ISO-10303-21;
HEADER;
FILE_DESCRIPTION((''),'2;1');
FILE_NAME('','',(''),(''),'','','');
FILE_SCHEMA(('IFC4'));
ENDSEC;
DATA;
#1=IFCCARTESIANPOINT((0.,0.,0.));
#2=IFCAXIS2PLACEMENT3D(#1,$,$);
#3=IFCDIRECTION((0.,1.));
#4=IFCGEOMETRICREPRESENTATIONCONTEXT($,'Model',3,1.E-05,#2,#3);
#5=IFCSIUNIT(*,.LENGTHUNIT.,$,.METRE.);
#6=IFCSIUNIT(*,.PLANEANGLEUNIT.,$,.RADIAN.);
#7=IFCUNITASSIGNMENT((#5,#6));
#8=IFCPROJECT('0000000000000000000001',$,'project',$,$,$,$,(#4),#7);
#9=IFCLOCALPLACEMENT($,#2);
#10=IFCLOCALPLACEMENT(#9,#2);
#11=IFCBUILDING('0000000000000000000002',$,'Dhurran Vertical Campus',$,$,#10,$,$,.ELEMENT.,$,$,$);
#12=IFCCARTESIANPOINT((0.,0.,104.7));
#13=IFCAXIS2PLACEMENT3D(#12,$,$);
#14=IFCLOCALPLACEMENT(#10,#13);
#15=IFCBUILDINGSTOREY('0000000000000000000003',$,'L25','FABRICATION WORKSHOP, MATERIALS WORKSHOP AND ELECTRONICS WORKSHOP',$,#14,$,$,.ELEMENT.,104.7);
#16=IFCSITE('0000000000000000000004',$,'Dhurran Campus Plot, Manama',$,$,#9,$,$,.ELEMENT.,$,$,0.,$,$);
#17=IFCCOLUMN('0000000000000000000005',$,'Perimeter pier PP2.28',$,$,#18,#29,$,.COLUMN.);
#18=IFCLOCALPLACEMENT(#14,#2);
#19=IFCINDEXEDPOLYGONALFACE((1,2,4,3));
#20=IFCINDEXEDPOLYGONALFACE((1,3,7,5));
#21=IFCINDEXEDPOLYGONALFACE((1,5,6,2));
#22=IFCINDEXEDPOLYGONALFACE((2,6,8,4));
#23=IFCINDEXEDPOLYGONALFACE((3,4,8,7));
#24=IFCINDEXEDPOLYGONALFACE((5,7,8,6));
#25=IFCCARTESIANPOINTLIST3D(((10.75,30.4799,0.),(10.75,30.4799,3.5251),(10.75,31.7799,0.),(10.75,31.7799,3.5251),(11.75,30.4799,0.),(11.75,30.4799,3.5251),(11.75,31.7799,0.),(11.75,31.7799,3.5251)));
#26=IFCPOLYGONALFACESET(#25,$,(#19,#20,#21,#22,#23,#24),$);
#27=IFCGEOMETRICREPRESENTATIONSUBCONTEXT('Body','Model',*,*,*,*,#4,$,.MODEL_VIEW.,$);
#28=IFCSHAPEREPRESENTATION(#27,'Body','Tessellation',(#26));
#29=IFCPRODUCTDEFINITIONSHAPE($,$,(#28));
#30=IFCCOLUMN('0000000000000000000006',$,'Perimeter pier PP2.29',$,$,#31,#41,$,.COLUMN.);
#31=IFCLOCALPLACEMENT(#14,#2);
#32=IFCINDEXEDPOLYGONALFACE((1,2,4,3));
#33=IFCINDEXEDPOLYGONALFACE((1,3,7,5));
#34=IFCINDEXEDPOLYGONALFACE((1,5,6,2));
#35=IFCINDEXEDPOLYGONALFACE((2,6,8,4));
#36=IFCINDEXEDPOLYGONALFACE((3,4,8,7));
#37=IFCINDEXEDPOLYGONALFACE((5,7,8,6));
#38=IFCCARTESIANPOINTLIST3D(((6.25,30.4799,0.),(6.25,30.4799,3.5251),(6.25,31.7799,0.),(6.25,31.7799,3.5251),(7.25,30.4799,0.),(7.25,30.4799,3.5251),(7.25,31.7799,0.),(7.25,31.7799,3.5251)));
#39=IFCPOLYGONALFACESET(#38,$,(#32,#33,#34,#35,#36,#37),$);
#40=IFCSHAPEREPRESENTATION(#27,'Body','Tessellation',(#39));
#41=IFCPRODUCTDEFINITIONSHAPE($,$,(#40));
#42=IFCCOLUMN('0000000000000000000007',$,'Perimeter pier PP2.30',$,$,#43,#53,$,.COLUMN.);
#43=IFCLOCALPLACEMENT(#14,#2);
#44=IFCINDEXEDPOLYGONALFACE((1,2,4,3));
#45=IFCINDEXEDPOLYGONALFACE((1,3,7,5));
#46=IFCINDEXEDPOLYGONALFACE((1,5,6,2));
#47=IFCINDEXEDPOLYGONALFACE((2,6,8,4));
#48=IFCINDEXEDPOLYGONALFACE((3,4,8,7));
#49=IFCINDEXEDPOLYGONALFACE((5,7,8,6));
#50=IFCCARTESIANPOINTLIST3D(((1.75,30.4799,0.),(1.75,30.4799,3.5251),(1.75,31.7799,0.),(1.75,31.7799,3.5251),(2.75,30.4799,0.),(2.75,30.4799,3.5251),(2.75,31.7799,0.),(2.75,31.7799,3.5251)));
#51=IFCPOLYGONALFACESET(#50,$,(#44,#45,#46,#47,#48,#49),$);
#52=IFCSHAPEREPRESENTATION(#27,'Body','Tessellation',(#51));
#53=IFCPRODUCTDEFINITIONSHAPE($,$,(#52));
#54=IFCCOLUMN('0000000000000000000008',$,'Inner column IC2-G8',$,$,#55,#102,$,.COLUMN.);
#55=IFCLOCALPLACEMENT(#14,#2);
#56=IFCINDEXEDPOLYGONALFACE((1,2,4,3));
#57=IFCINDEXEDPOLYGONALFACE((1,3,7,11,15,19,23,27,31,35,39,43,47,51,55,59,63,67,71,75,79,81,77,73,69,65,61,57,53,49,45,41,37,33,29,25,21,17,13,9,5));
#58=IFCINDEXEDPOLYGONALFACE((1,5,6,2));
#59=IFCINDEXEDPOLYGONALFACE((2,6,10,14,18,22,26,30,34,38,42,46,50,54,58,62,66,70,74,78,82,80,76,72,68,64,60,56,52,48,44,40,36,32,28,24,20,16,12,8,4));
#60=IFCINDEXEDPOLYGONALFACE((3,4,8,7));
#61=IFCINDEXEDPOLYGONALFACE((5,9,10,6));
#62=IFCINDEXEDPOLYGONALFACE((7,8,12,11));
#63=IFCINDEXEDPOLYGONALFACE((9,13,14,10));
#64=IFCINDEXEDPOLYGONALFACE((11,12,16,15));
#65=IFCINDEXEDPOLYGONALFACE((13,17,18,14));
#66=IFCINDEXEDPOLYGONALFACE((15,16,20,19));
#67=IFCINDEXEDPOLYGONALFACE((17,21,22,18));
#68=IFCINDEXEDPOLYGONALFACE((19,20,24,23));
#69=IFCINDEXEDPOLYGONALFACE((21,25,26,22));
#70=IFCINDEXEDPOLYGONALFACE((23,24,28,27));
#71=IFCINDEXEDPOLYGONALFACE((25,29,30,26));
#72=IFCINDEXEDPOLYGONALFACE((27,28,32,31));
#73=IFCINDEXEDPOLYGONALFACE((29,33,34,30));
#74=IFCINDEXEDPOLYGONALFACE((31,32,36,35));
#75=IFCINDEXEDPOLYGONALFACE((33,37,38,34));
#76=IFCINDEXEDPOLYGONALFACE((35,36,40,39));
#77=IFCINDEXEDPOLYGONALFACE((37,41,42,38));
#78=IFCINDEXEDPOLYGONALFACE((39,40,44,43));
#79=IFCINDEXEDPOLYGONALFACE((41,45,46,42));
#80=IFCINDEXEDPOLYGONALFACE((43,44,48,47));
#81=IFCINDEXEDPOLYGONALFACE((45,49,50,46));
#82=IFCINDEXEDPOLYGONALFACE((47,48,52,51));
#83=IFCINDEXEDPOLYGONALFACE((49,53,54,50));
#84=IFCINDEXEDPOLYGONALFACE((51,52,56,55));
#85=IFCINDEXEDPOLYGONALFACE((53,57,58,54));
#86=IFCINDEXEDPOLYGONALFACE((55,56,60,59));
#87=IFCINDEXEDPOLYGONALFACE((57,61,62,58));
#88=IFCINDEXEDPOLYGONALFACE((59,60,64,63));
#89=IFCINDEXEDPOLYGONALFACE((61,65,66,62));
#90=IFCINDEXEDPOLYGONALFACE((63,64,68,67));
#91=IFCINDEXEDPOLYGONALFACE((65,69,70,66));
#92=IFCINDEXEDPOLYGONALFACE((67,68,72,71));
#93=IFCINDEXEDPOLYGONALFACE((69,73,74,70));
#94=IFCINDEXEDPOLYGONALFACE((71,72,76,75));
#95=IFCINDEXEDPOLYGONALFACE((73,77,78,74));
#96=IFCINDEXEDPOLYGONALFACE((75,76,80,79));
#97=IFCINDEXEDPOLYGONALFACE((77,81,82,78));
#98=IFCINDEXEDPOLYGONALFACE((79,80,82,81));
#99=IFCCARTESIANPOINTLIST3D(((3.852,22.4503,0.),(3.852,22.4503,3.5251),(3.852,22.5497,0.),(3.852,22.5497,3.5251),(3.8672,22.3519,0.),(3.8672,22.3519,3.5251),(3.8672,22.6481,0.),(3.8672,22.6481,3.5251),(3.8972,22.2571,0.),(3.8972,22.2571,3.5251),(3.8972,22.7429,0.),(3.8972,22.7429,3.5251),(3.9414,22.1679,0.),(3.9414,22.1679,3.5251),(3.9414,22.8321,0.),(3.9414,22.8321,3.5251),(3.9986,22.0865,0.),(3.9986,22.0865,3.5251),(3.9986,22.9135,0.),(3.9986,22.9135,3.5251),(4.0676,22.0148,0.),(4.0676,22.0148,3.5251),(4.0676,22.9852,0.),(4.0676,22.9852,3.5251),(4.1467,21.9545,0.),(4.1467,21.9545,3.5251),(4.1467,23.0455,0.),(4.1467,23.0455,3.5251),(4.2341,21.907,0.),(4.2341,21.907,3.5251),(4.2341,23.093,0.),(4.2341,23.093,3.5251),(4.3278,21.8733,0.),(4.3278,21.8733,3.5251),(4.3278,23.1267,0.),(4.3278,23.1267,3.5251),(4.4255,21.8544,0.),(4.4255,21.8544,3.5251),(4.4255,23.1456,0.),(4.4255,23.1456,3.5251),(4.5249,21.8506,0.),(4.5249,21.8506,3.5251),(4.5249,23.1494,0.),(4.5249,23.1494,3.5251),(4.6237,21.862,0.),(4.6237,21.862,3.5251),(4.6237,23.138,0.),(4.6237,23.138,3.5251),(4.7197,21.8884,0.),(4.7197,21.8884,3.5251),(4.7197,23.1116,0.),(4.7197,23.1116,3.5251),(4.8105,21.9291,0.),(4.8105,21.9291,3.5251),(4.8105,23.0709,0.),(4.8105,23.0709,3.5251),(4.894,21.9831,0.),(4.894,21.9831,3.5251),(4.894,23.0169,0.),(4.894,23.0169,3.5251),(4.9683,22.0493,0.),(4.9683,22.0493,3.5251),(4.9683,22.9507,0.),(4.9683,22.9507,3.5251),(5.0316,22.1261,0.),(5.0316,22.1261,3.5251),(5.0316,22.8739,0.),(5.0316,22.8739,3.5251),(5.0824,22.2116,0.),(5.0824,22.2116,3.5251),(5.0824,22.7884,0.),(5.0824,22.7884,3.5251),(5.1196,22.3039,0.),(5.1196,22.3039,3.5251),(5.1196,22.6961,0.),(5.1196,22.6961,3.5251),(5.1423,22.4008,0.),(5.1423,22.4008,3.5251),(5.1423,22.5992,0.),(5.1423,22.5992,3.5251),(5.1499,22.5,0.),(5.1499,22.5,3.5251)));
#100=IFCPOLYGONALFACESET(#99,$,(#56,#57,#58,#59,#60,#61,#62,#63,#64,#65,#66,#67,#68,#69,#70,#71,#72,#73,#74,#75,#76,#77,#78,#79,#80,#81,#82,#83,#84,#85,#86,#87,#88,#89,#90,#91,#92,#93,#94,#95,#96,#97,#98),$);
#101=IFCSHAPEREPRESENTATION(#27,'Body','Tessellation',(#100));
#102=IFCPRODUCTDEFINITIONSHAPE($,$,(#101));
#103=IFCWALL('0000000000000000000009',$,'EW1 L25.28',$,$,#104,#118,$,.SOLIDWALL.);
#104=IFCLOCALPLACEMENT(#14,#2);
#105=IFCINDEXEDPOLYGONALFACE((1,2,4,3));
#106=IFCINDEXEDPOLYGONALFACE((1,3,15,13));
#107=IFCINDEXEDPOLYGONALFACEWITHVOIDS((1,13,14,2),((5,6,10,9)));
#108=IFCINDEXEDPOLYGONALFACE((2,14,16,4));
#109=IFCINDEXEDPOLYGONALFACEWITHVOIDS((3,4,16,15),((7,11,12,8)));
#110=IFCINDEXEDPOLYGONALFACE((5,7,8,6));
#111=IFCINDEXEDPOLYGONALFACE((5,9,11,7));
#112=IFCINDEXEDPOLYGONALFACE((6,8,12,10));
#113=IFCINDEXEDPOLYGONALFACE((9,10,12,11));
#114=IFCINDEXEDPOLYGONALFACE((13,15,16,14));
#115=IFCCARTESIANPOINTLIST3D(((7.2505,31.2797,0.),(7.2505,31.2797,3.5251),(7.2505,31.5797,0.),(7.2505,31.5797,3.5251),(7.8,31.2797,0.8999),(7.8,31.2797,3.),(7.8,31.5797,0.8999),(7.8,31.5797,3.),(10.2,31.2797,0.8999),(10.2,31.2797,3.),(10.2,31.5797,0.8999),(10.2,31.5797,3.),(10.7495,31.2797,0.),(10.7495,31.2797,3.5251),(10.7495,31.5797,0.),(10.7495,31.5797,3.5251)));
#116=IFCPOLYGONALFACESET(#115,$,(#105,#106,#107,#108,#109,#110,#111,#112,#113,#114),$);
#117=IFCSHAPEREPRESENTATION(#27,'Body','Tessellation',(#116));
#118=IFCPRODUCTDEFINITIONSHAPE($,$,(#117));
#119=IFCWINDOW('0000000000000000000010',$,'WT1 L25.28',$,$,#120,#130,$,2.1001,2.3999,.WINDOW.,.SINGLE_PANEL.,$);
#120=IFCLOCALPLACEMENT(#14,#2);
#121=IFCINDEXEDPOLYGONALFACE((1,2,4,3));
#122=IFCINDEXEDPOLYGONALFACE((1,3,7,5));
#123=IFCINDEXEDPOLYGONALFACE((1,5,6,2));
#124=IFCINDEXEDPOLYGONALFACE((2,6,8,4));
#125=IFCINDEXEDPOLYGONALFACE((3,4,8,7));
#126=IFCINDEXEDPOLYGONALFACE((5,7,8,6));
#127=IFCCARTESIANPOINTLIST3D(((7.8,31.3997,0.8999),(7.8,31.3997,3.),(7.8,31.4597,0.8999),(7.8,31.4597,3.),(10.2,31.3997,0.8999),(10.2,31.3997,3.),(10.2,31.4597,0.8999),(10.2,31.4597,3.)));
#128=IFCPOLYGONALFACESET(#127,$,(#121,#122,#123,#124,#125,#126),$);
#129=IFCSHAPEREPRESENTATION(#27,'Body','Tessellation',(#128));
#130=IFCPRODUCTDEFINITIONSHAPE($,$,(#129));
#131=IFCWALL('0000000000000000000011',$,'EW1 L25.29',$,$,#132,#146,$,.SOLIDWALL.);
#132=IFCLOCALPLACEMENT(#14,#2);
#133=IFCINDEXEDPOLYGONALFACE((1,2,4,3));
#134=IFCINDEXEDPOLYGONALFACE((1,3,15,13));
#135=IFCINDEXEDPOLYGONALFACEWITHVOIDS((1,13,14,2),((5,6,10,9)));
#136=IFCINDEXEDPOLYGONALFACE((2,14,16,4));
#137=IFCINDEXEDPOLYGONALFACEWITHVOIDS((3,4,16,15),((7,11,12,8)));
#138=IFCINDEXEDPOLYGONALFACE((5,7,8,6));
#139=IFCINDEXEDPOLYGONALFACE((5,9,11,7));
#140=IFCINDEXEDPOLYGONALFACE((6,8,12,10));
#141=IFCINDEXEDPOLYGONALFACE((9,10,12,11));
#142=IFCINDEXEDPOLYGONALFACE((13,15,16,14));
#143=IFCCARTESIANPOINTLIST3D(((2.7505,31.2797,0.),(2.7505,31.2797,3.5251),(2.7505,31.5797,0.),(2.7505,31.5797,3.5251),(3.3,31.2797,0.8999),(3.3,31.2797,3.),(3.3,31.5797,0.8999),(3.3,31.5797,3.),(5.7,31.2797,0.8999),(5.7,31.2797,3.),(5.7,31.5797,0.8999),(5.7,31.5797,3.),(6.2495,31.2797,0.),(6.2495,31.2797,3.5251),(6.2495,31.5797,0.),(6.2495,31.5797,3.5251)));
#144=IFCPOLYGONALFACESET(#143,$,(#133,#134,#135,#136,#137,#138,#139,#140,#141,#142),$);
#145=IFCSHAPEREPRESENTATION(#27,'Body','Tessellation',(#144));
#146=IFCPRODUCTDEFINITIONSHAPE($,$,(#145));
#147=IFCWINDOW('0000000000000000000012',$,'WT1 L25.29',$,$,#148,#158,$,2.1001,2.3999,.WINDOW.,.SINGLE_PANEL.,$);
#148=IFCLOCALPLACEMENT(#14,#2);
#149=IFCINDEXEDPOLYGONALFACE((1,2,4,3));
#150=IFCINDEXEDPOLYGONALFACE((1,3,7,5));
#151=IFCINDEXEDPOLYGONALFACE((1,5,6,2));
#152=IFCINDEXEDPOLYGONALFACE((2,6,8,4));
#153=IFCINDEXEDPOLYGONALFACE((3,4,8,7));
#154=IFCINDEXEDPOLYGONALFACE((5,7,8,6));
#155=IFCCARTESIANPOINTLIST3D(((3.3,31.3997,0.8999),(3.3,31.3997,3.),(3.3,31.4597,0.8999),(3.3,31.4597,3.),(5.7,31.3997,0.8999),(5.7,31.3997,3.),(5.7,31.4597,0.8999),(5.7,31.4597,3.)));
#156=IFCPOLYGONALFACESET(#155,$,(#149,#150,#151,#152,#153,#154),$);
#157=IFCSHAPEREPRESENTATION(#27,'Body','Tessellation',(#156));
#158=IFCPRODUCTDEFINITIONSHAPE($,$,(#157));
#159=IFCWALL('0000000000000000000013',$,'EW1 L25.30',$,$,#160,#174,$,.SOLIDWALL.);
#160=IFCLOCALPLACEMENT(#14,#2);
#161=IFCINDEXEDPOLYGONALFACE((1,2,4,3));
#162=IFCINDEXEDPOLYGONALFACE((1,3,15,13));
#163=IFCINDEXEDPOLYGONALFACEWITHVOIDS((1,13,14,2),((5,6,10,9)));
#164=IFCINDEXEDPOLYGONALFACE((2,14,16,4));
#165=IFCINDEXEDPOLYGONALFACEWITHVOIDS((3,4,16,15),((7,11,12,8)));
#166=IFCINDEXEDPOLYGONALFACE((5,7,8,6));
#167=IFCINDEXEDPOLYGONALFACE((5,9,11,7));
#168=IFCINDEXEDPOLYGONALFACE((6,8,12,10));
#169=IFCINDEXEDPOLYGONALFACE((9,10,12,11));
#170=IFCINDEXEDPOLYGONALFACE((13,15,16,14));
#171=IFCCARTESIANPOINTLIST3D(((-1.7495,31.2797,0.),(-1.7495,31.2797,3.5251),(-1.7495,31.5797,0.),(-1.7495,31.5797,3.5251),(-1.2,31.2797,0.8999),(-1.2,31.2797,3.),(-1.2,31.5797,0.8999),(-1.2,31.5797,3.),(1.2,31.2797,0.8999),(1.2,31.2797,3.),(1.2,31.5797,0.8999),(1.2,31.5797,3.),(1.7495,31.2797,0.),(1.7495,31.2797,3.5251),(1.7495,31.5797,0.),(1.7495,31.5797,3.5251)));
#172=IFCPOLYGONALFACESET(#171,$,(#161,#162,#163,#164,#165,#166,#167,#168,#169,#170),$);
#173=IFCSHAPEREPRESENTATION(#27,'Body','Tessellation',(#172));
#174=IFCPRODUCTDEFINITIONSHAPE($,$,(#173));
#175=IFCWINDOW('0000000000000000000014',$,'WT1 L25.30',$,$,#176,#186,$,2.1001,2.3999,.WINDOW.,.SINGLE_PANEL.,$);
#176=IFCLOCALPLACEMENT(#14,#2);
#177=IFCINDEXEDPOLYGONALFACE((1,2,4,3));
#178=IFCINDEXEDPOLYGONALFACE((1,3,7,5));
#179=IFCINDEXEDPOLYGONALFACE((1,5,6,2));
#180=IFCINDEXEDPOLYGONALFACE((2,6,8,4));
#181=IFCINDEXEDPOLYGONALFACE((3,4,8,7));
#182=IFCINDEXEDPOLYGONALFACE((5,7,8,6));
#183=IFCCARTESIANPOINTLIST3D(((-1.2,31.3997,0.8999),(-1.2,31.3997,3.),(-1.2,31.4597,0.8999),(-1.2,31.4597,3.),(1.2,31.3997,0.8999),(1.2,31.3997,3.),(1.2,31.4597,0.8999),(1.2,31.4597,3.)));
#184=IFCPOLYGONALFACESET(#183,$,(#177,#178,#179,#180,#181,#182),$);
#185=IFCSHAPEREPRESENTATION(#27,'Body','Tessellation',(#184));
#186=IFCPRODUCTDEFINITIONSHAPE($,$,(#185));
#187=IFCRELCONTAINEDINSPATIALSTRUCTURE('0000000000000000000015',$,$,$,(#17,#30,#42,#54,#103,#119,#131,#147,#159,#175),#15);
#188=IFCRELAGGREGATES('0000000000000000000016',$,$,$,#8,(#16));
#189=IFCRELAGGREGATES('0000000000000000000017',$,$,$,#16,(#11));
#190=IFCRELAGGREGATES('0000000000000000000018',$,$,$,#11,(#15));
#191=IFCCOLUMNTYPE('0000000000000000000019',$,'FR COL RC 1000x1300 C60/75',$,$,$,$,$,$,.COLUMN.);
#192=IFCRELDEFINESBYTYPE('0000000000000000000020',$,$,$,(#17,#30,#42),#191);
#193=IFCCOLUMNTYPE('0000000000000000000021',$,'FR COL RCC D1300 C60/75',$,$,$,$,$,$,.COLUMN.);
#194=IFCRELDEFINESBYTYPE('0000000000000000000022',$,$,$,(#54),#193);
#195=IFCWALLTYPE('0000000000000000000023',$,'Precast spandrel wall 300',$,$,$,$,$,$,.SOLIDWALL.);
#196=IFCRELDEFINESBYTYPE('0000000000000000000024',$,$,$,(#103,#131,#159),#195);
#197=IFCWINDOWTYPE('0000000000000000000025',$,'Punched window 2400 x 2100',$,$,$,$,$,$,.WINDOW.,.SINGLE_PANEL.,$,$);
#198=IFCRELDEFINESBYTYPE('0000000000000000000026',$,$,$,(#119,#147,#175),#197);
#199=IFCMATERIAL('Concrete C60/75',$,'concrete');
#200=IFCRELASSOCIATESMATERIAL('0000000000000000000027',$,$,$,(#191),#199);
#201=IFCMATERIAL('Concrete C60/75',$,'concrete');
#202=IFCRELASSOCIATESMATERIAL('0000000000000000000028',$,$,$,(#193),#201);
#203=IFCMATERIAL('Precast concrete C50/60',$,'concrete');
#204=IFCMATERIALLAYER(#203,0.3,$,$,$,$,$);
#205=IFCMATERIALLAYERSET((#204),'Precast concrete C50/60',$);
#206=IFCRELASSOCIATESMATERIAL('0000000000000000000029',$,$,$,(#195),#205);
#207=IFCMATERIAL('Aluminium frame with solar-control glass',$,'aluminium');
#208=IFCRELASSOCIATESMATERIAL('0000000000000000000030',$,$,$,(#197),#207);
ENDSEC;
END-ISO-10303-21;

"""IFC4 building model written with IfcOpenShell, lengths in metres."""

from ifc_helpers import new_model, si_unit, direction, frame, frame_2d, origin, origin_2d, place, context, subcontext, project, spatial, rectangle, circle, extrude, material, layer, layer_set, material_profile, profile_set, type_object, element, fill, save


model = new_model("IFC4")

# Units and contexts
model_context = context("Model", 3, precision=1e-05, world=origin(), true_north=direction((0.0, 1.0)))
body_context = subcontext(model_context, "Body", "Model", "MODEL_VIEW")
ifc_project = project(units=[si_unit("LENGTHUNIT", "METRE"), si_unit("PLANEANGLEUNIT", "RADIAN")], contexts=[model_context])

# Site, building, storey
site_placement = place(None, origin())
site = spatial("IfcSite", under=ifc_project, at=site_placement, Name="Dhurran Campus Plot, Manama", CompositionType="ELEMENT", RefElevation=0.0)
building_placement = place(site_placement, origin())
building = spatial("IfcBuilding", under=site, at=building_placement, Name="Dhurran Vertical Campus", CompositionType="ELEMENT")
storey_placement = place(building_placement, frame((0.0, 0.0, 104.7)))
storey = spatial("IfcBuildingStorey", under=building, at=storey_placement, Name="L25", Description="FABRICATION WORKSHOP, MATERIALS WORKSHOP AND ELECTRONICS WORKSHOP", CompositionType="ELEMENT", Elevation=104.7)

# Columns
ifc_material_1 = material(Name="Concrete C60/75", Category="concrete")
ifc_material_profile_1 = material_profile(ifc_material_1, rectangle(XDim=1.0, YDim=1.3, at=origin_2d()), Name="RC 1000x1300")
ifc_profile_set_1 = profile_set([ifc_material_profile_1], Name="Concrete C60/75")
column_type_1 = type_object("IfcColumnType", Name="FR COL RC 1000x1300 C60/75", PredefinedType="COLUMN", material=ifc_profile_set_1)
for number, where, z_axis, x_axis, name in (
    (1, (11.25, 31.1299, 0.0), (0.0, 0.0, 1.0), (-1.0, 0.0, 0.0), "Perimeter pier PP2.28"),
    (2, (6.75, 31.1299, 0.0), (0.0, 0.0, 1.0), (-1.0, 0.0, 0.0), "Perimeter pier PP2.29"),
    (3, (2.25, 31.1299, 0.0), (0.0, 0.0, 1.0), (-1.0, 0.0, 0.0), "Perimeter pier PP2.30"),
):
    element("IfcColumn", number, at=place(storey_placement, frame(where, z_axis=z_axis, x_axis=x_axis)), inside=storey, type_object=column_type_1, Name=name, PredefinedType="COLUMN", context=body_context, shape_type="SweptSolid", body=[
        extrude(rectangle(XDim=1.0, YDim=1.3, at=origin_2d()), origin(), (0.0, 0.0, 1.0), 3.5251),
    ])
ifc_material_2 = material(Name="Concrete C60/75", Category="concrete")
ifc_material_profile_2 = material_profile(ifc_material_2, circle(Radius=0.6499, at=origin_2d()), Name="RCC D1300")
ifc_profile_set_2 = profile_set([ifc_material_profile_2], Name="Concrete C60/75")
column_type_2 = type_object("IfcColumnType", Name="FR COL RCC D1300 C60/75", PredefinedType="COLUMN", material=ifc_profile_set_2)
column_placement = place(storey_placement, frame((4.5, 22.5, 0.0), z_axis=(0.0, 0.0, 1.0), x_axis=(1.0, 0.0, 0.0)))
element("IfcColumn", 4, at=column_placement, inside=storey, type_object=column_type_2, Name="Inner column IC2-G8", PredefinedType="COLUMN", context=body_context, shape_type="SweptSolid", body=[
    extrude(circle(Radius=0.6499, at=origin_2d()), origin(), (0.0, 0.0, 1.0), 3.5251),
])

# Walls, openings, windows
ifc_material_3 = material(Name="Precast concrete C50/60", Category="concrete")
ifc_layer_1 = layer(ifc_material_3, 0.3)
ifc_layer_set_1 = layer_set([ifc_layer_1], Name="Precast concrete C50/60")
wall_type_1 = type_object("IfcWallType", Name="Precast spandrel wall 300", PredefinedType="SOLIDWALL", material=ifc_layer_set_1)
wall_1_placement = place(storey_placement, frame((10.7495, 31.4297, 0.0), z_axis=(0.0, 0.0, 1.0), x_axis=(-1.0, 0.0, 0.0)))
wall_1 = element("IfcWall", 5, at=wall_1_placement, inside=storey, type_object=wall_type_1, Name="EW1 L25.28", PredefinedType="SOLIDWALL", context=body_context, shape_type="SweptSolid", body=[
    extrude(rectangle(XDim=3.499, YDim=0.3, at=frame_2d((1.7495, 0.0))), origin(), (0.0, 0.0, 1.0), 3.5251),
])
opening_1_placement = place(wall_1_placement, frame((0.5496, 0.0, 0.8999)))
opening_1 = element("IfcOpeningElement", 6, at=opening_1_placement, cuts=wall_1, PredefinedType="OPENING", context=body_context, shape_type="SweptSolid", body=[
    extrude(rectangle(XDim=2.3999, YDim=2.1001, at=frame_2d((1.2, 1.05))), frame((0.0, 0.1599, 0.0), z_axis=(0.0, -1.0, 0.0), x_axis=(1.0, 0.0, 0.0)), (0.0, 0.0, 1.0), 0.3201),
])
ifc_material_4 = material(Name="Aluminium frame with solar-control glass", Category="aluminium")
window_type = type_object("IfcWindowType", Name="Punched window 2400 x 2100", PartitioningType="SINGLE_PANEL", PredefinedType="WINDOW", material=ifc_material_4)
window_1_placement = place(opening_1_placement, origin())
window_1 = element("IfcWindow", 7, at=window_1_placement, inside=storey, type_object=window_type, Name="WT1 L25.28", OverallHeight=2.1001, OverallWidth=2.3999, PartitioningType="SINGLE_PANEL", PredefinedType="WINDOW", context=body_context, shape_type="SweptSolid", body=[
    extrude(rectangle(XDim=2.3999, YDim=2.1001, at=frame_2d((1.2, 1.05))), frame((0.0, 0.03, 0.0), z_axis=(0.0, -1.0, 0.0), x_axis=(1.0, 0.0, 0.0)), (0.0, 0.0, 1.0), 0.0601),
])
fill(opening_1, window_1)
wall_2_placement = place(storey_placement, frame((6.2495, 31.4297, 0.0), z_axis=(0.0, 0.0, 1.0), x_axis=(-1.0, 0.0, 0.0)))
wall_2 = element("IfcWall", 8, at=wall_2_placement, inside=storey, type_object=wall_type_1, Name="EW1 L25.29", PredefinedType="SOLIDWALL", context=body_context, shape_type="SweptSolid", body=[
    extrude(rectangle(XDim=3.499, YDim=0.3, at=frame_2d((1.7495, 0.0))), origin(), (0.0, 0.0, 1.0), 3.5251),
])
opening_2_placement = place(wall_2_placement, frame((0.5496, 0.0, 0.8999)))
opening_2 = element("IfcOpeningElement", 9, at=opening_2_placement, cuts=wall_2, PredefinedType="OPENING", context=body_context, shape_type="SweptSolid", body=[
    extrude(rectangle(XDim=2.3999, YDim=2.1001, at=frame_2d((1.2, 1.05))), frame((0.0, 0.1599, 0.0), z_axis=(0.0, -1.0, 0.0), x_axis=(1.0, 0.0, 0.0)), (0.0, 0.0, 1.0), 0.3201),
])
window_2_placement = place(opening_2_placement, origin())
window_2 = element("IfcWindow", 10, at=window_2_placement, inside=storey, type_object=window_type, Name="WT1 L25.29", OverallHeight=2.1001, OverallWidth=2.3999, PartitioningType="SINGLE_PANEL", PredefinedType="WINDOW", context=body_context, shape_type="SweptSolid", body=[
    extrude(rectangle(XDim=2.3999, YDim=2.1001, at=frame_2d((1.2, 1.05))), frame((0.0, 0.03, 0.0), z_axis=(0.0, -1.0, 0.0), x_axis=(1.0, 0.0, 0.0)), (0.0, 0.0, 1.0), 0.0601),
])
fill(opening_2, window_2)
wall_3_placement = place(storey_placement, frame((1.7495, 31.4297, 0.0), z_axis=(0.0, 0.0, 1.0), x_axis=(-1.0, 0.0, 0.0)))
wall_3 = element("IfcWall", 11, at=wall_3_placement, inside=storey, type_object=wall_type_1, Name="EW1 L25.30", PredefinedType="SOLIDWALL", context=body_context, shape_type="SweptSolid", body=[
    extrude(rectangle(XDim=3.499, YDim=0.3, at=frame_2d((1.7495, 0.0))), origin(), (0.0, 0.0, 1.0), 3.5251),
])
opening_3_placement = place(wall_3_placement, frame((0.5496, 0.0, 0.8999)))
opening_3 = element("IfcOpeningElement", 12, at=opening_3_placement, cuts=wall_3, PredefinedType="OPENING", context=body_context, shape_type="SweptSolid", body=[
    extrude(rectangle(XDim=2.3999, YDim=2.1001, at=frame_2d((1.2, 1.05))), frame((0.0, 0.1599, 0.0), z_axis=(0.0, -1.0, 0.0), x_axis=(1.0, 0.0, 0.0)), (0.0, 0.0, 1.0), 0.3201),
])
window_3_placement = place(opening_3_placement, origin())
window_3 = element("IfcWindow", 13, at=window_3_placement, inside=storey, type_object=window_type, Name="WT1 L25.30", OverallHeight=2.1001, OverallWidth=2.3999, PartitioningType="SINGLE_PANEL", PredefinedType="WINDOW", context=body_context, shape_type="SweptSolid", body=[
    extrude(rectangle(XDim=2.3999, YDim=2.1001, at=frame_2d((1.2, 1.05))), frame((0.0, 0.03, 0.0), z_axis=(0.0, -1.0, 0.0), x_axis=(1.0, 0.0, 0.0)), (0.0, 0.0, 1.0), 0.0601),
])
fill(opening_3, window_3)

save(model, "model.ifc")
